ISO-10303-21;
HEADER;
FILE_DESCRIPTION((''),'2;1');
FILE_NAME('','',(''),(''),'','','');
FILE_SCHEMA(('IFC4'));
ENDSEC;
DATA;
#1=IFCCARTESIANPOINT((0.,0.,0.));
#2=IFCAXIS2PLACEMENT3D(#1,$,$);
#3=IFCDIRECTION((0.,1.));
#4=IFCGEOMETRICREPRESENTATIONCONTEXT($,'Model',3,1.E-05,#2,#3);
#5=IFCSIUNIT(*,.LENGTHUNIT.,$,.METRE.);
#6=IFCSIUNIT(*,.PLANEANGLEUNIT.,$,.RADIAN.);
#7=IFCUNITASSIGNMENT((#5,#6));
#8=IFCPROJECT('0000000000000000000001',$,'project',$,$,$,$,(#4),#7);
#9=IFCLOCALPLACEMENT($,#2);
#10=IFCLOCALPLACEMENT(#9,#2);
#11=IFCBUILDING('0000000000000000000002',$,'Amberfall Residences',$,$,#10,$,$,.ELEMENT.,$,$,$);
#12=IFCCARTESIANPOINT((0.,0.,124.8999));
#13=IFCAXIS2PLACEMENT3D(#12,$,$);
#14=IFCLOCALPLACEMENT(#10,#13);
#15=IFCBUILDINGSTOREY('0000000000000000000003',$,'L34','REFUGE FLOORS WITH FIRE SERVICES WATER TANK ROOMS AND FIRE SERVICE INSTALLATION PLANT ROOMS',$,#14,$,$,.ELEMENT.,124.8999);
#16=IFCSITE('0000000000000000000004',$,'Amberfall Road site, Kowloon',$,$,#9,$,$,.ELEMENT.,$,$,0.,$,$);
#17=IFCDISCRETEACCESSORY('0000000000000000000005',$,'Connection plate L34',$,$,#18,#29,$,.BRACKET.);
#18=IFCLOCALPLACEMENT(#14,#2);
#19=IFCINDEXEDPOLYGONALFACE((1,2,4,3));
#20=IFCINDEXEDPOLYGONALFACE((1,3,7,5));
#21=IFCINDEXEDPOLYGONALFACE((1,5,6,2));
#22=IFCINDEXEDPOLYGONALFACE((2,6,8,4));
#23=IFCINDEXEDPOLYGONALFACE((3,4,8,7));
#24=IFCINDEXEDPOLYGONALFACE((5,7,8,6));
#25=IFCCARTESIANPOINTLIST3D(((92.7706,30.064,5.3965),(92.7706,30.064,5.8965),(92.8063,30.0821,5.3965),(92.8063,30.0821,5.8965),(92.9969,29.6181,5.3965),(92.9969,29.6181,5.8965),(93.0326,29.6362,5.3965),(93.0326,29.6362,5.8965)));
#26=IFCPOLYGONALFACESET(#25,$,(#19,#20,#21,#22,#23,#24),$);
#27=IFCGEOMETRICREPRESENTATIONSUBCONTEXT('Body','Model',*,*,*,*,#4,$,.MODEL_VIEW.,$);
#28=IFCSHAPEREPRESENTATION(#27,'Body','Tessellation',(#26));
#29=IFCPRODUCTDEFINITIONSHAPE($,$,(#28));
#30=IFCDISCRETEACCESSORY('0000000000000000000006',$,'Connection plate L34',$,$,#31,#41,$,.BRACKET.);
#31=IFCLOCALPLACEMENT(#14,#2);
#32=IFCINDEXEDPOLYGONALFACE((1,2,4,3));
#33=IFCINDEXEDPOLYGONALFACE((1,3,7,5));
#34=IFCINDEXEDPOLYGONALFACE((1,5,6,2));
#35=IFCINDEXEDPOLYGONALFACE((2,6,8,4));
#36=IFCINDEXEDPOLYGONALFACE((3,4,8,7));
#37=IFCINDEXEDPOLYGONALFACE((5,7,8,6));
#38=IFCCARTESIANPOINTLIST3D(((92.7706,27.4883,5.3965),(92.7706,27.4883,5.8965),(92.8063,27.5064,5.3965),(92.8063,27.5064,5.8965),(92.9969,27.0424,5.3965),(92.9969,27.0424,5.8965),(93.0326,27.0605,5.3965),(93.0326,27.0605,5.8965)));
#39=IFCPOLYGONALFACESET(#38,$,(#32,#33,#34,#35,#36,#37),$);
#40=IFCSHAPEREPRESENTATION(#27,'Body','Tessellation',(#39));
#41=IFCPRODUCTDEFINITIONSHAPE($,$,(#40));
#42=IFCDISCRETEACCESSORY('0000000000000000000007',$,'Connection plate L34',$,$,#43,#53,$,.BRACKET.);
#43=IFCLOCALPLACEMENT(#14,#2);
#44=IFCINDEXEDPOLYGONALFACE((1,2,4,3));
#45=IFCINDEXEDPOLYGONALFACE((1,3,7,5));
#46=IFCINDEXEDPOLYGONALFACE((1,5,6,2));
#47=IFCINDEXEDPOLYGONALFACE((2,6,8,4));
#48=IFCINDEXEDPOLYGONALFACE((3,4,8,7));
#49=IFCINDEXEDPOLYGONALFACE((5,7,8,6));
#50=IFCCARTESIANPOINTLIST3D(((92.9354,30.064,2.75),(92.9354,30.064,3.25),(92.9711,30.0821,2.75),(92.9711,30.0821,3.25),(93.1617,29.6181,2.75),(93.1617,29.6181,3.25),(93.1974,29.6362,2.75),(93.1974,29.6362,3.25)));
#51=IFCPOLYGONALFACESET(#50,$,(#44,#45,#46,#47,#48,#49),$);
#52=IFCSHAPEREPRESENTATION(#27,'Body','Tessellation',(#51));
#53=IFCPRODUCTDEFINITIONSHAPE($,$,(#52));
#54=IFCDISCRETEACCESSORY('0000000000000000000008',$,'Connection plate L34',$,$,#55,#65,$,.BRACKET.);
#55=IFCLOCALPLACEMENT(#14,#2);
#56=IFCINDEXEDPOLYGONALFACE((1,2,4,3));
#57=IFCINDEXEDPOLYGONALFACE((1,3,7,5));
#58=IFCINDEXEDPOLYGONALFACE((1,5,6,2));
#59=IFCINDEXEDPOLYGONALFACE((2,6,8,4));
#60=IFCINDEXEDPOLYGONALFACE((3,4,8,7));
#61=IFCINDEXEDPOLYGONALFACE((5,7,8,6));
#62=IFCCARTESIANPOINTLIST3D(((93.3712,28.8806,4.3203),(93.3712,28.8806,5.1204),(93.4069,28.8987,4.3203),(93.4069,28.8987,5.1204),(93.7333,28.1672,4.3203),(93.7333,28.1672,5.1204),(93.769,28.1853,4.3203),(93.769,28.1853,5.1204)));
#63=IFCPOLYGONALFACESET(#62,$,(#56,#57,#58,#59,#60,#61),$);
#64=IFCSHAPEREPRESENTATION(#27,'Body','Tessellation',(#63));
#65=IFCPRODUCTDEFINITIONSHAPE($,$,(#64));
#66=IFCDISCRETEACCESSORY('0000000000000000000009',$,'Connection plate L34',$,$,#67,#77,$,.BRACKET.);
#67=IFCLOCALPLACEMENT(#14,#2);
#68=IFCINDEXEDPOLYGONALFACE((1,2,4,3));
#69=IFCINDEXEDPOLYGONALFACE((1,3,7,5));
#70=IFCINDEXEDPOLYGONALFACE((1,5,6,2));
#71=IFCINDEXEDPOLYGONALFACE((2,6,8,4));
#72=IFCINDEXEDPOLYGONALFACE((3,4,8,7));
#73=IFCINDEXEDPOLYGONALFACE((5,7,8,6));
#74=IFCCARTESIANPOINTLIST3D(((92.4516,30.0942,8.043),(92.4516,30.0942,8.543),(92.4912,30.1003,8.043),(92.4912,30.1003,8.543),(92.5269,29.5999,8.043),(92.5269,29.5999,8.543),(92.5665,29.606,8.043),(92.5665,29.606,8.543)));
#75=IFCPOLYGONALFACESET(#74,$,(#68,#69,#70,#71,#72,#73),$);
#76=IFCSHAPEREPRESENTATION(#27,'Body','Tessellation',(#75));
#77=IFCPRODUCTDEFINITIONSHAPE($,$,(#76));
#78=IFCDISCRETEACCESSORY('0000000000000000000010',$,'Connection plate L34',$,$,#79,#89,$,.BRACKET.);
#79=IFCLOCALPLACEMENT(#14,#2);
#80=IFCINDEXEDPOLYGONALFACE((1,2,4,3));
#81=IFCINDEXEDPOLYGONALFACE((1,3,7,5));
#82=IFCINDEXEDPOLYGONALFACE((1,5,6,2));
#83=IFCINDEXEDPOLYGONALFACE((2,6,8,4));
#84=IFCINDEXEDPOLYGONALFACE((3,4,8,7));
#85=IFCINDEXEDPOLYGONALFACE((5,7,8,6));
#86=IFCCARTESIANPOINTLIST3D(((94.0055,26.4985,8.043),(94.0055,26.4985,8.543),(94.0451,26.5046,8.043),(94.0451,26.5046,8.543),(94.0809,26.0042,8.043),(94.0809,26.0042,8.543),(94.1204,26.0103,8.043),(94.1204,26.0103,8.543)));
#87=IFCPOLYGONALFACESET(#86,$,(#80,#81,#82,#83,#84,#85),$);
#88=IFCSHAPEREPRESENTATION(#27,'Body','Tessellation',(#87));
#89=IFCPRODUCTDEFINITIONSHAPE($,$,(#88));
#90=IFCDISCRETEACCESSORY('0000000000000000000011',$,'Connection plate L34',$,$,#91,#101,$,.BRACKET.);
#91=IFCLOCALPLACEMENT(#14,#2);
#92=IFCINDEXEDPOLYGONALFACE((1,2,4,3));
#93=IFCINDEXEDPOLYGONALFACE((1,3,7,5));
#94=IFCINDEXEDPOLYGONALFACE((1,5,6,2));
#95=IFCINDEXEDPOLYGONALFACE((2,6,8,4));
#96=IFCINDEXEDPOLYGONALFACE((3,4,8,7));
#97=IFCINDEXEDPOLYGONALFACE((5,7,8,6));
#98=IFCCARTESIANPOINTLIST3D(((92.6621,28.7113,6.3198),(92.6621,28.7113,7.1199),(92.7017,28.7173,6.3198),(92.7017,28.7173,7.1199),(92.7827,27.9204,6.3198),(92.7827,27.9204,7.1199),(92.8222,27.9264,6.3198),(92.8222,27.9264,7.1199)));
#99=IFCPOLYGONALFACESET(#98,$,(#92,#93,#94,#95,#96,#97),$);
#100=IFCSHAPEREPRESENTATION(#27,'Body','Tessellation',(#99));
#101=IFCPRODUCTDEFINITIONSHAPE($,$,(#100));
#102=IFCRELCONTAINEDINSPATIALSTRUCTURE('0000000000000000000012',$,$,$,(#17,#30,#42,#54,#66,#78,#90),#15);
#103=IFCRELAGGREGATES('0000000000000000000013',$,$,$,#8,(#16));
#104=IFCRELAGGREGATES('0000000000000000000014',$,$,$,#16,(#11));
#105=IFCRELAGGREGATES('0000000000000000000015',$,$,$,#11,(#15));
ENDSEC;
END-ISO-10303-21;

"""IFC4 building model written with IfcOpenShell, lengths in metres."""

from ifc_helpers import new_model, si_unit, direction, frame, origin, origin_2d, place, context, subcontext, project, spatial, rectangle, extrude, element, save


model = new_model("IFC4")

# Units and contexts
model_context = context("Model", 3, precision=1e-05, world=origin(), true_north=direction((0.0, 1.0)))
body_context = subcontext(model_context, "Body", "Model", "MODEL_VIEW")
ifc_project = project(units=[si_unit("LENGTHUNIT", "METRE"), si_unit("PLANEANGLEUNIT", "RADIAN")], contexts=[model_context])

# Site, building, storey
site_placement = place(None, origin())
site = spatial("IfcSite", under=ifc_project, at=site_placement, Name="Amberfall Road site, Kowloon", CompositionType="ELEMENT", RefElevation=0.0)
building_placement = place(site_placement, origin())
building = spatial("IfcBuilding", under=site, at=building_placement, Name="Amberfall Residences", CompositionType="ELEMENT")
storey_placement = place(building_placement, frame((0.0, 0.0, 124.8999)))
storey = spatial("IfcBuildingStorey", under=building, at=storey_placement, Name="L34", Description="REFUGE FLOORS WITH FIRE SERVICES WATER TANK ROOMS AND FIRE SERVICE INSTALLATION PLANT ROOMS", CompositionType="ELEMENT", Elevation=124.8999)

# Discrete accessories
for number, where, z_axis, x_axis, name in (
    (1, (92.9016, 29.8501, 5.3965), (0.0, 0.0, 1.0), (-0.452621, 0.891703, 0.0), "Connection plate L34"),
    (2, (92.9016, 27.2744, 5.3965), (0.0, 0.0, 1.0), (-0.452621, 0.891703, 0.0), "Connection plate L34"),
    (3, (93.0664, 29.8501, 2.75), (0.0, 0.0, 1.0), (-0.452621, 0.891703, 0.0), "Connection plate L34"),
):
    element("IfcDiscreteAccessory", number, at=place(storey_placement, frame(where, z_axis=z_axis, x_axis=x_axis)), inside=storey, Name=name, PredefinedType="BRACKET", context=body_context, shape_type="SweptSolid", body=[
        extrude(rectangle(XDim=0.5, YDim=0.04, at=origin_2d()), origin(), (0.0, 0.0, 1.0), 0.5),
    ])
discrete_accessory_1_placement = place(storey_placement, frame((93.5701, 28.533, 4.3203), z_axis=(0.0, 0.0, 1.0), x_axis=(-0.452621, 0.891703, 0.0)))
element("IfcDiscreteAccessory", 4, at=discrete_accessory_1_placement, inside=storey, Name="Connection plate L34", PredefinedType="BRACKET", context=body_context, shape_type="SweptSolid", body=[
    extrude(rectangle(XDim=0.8, YDim=0.04, at=origin_2d()), origin(), (0.0, 0.0, 1.0), 0.8),
])
for number, where, z_axis, x_axis, name in (
    (5, (92.509, 29.8501, 8.043), (0.0, 0.0, 1.0), (-0.15064, 0.988589, 0.0), "Connection plate L34"),
    (6, (94.063, 26.2544, 8.043), (0.0, 0.0, 1.0), (-0.15064, 0.988589, 0.0), "Connection plate L34"),
):
    element("IfcDiscreteAccessory", number, at=place(storey_placement, frame(where, z_axis=z_axis, x_axis=x_axis)), inside=storey, Name=name, PredefinedType="BRACKET", context=body_context, shape_type="SweptSolid", body=[
        extrude(rectangle(XDim=0.5, YDim=0.04, at=origin_2d()), origin(), (0.0, 0.0, 1.0), 0.5),
    ])
discrete_accessory_2_placement = place(storey_placement, frame((92.7422, 28.3188, 6.3198), z_axis=(0.0, 0.0, 1.0), x_axis=(-0.15064, 0.988589, 0.0)))
element("IfcDiscreteAccessory", 7, at=discrete_accessory_2_placement, inside=storey, Name="Connection plate L34", PredefinedType="BRACKET", context=body_context, shape_type="SweptSolid", body=[
    extrude(rectangle(XDim=0.8, YDim=0.04, at=origin_2d()), origin(), (0.0, 0.0, 1.0), 0.8),
])

save(model, "model.ifc")
